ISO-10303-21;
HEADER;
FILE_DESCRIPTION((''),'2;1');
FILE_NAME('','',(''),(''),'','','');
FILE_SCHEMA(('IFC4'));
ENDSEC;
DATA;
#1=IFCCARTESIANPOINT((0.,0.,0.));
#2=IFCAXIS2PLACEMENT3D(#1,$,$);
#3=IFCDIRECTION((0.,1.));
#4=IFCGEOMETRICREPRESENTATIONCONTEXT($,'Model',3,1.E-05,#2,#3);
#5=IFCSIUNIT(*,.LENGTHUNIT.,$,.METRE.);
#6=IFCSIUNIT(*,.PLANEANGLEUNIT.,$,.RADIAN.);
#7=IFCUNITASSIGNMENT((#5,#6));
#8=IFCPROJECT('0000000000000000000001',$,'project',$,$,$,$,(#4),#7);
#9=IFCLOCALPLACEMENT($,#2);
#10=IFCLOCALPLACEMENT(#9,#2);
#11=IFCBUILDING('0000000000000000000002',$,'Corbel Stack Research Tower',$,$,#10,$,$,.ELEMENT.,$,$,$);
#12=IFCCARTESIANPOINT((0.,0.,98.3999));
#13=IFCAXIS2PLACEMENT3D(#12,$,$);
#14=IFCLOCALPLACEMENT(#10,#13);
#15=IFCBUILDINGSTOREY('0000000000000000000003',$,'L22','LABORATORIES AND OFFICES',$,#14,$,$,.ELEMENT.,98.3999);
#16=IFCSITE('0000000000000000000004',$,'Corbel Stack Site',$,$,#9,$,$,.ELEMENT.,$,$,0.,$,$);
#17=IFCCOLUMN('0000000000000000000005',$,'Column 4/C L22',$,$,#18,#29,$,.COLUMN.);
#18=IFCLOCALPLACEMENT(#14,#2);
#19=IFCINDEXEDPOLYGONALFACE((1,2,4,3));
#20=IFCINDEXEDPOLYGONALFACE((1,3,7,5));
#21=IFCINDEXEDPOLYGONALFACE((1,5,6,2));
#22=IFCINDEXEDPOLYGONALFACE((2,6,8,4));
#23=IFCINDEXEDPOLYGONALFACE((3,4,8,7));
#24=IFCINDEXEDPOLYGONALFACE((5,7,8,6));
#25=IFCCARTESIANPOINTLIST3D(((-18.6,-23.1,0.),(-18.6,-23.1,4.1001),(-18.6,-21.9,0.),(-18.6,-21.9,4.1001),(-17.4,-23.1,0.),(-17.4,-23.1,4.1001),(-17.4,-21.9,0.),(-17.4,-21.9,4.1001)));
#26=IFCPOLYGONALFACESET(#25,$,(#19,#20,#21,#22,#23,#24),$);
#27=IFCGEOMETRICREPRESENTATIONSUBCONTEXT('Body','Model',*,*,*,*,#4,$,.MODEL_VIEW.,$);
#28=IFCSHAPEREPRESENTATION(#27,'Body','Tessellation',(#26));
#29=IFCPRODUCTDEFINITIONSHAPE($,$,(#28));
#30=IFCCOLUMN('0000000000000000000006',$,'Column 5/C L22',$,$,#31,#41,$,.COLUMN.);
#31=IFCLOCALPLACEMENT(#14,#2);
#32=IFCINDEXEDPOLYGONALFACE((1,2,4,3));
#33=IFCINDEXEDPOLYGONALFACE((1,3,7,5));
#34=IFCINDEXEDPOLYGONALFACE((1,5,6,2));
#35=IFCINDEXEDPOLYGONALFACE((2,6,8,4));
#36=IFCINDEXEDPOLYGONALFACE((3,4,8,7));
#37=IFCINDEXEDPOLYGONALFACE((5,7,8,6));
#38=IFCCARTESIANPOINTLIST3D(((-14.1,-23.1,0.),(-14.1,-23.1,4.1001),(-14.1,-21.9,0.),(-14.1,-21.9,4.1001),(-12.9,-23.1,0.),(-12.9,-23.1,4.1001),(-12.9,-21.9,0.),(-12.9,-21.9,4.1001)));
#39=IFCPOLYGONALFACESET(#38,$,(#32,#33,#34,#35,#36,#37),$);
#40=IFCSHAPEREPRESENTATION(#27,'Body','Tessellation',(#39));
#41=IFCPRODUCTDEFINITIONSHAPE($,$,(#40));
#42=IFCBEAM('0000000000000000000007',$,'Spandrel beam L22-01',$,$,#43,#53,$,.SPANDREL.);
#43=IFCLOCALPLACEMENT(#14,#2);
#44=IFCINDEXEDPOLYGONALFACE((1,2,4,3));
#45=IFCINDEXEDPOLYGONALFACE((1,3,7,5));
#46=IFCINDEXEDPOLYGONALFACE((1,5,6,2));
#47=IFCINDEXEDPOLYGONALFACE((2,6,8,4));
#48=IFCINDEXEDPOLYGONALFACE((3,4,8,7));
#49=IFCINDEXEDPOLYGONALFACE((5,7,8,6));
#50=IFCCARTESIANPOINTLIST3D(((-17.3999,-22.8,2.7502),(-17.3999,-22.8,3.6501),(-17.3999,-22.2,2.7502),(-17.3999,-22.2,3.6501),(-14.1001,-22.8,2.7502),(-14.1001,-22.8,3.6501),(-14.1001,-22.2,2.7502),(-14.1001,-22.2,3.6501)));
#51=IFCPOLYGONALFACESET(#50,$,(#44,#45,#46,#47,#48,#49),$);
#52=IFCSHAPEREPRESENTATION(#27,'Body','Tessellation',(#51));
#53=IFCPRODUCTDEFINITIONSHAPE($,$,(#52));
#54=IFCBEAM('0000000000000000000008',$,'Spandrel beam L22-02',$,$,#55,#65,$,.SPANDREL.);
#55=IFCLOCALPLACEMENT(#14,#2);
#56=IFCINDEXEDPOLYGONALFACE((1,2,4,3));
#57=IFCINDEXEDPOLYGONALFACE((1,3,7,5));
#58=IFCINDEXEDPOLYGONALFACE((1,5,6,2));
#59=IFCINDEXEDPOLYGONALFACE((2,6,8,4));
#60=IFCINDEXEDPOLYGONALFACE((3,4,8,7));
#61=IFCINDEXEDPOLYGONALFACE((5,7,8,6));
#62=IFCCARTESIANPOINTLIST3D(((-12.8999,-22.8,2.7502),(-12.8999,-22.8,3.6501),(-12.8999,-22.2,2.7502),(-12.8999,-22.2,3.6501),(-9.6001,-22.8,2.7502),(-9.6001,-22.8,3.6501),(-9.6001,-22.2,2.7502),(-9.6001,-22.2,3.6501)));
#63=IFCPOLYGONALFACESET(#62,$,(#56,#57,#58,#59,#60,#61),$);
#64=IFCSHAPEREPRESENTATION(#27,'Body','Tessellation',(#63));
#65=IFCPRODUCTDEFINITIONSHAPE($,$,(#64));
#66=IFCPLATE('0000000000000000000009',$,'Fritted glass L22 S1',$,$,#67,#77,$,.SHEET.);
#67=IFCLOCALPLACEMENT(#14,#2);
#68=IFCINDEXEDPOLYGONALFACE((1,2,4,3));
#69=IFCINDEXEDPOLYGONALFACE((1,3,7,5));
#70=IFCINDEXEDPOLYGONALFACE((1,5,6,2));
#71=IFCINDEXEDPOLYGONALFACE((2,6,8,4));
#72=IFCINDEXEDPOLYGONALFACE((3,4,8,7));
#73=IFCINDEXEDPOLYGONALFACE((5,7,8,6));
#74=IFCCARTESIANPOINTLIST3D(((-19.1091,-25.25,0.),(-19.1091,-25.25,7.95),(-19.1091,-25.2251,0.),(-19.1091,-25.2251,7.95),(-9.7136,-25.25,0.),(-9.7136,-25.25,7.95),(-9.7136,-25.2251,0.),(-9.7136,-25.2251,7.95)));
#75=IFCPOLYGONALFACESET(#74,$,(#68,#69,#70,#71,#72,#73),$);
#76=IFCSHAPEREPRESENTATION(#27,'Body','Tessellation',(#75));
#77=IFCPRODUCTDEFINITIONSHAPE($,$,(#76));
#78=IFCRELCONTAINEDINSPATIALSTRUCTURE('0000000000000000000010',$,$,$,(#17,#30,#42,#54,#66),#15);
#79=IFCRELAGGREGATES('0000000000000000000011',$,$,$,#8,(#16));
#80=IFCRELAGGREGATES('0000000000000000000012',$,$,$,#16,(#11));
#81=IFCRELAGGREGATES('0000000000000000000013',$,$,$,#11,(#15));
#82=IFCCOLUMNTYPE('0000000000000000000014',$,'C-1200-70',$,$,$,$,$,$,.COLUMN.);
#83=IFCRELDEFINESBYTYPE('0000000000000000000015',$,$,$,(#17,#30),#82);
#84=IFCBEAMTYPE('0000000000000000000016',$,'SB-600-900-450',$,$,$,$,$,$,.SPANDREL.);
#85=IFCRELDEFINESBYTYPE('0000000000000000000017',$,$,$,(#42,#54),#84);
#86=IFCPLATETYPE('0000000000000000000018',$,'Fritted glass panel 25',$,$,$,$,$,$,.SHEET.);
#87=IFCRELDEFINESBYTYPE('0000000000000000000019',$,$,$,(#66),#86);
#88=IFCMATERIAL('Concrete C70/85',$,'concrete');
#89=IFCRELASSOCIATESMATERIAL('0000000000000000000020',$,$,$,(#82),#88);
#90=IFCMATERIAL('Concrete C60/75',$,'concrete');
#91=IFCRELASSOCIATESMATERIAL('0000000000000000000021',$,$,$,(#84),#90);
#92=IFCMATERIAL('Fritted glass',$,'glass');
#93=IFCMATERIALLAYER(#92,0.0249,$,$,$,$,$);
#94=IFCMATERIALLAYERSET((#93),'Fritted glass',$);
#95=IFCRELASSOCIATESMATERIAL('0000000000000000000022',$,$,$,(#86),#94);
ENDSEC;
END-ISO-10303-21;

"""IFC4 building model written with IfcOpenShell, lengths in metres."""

from ifc_helpers import new_model, si_unit, direction, frame, origin, origin_2d, place, context, subcontext, project, spatial, rectangle, extrude, material, layer, layer_set, material_profile, profile_set, type_object, element, save


model = new_model("IFC4")

# Units and contexts
model_context = context("Model", 3, precision=1e-05, world=origin(), true_north=direction((0.0, 1.0)))
body_context = subcontext(model_context, "Body", "Model", "MODEL_VIEW")
ifc_project = project(units=[si_unit("LENGTHUNIT", "METRE"), si_unit("PLANEANGLEUNIT", "RADIAN")], contexts=[model_context])

# Site, building, storey
site_placement = place(None, origin())
site = spatial("IfcSite", under=ifc_project, at=site_placement, Name="Corbel Stack Site", CompositionType="ELEMENT", RefElevation=0.0)
building_placement = place(site_placement, origin())
building = spatial("IfcBuilding", under=site, at=building_placement, Name="Corbel Stack Research Tower", CompositionType="ELEMENT")
storey_placement = place(building_placement, frame((0.0, 0.0, 98.3999)))
storey = spatial("IfcBuildingStorey", under=building, at=storey_placement, Name="L22", Description="LABORATORIES AND OFFICES", CompositionType="ELEMENT", Elevation=98.3999)

# Columns
ifc_material_1 = material(Name="Concrete C70/85", Category="concrete")
ifc_material_profile_1 = material_profile(ifc_material_1, rectangle(XDim=1.2, YDim=1.2, at=origin_2d()), Name="RC 1200 x 1200")
ifc_profile_set_1 = profile_set([ifc_material_profile_1], Name="Concrete C70/85")
column_type = type_object("IfcColumnType", Name="C-1200-70", PredefinedType="COLUMN", material=ifc_profile_set_1)
for number, where, z_axis, x_axis, name in (
    (1, (-18.0, -22.5, 0.0), (0.0, 0.0, 1.0), (1.0, 0.0, 0.0), "Column 4/C L22"),
    (2, (-13.5, -22.5, 0.0), (0.0, 0.0, 1.0), (1.0, 0.0, 0.0), "Column 5/C L22"),
):
    element("IfcColumn", number, at=place(storey_placement, frame(where, z_axis=z_axis, x_axis=x_axis)), inside=storey, type_object=column_type, Name=name, PredefinedType="COLUMN", context=body_context, shape_type="SweptSolid", body=[
        extrude(rectangle(XDim=1.2, YDim=1.2, at=origin_2d()), origin(), (0.0, 0.0, 1.0), 4.1001),
    ])

# Beams
ifc_material_2 = material(Name="Concrete C60/75", Category="concrete")
ifc_material_profile_2 = material_profile(ifc_material_2, rectangle(XDim=0.6001, YDim=0.8999, at=origin_2d()), Name="RC 600 x 900")
ifc_profile_set_2 = profile_set([ifc_material_profile_2], Name="Concrete C60/75")
beam_type = type_object("IfcBeamType", Name="SB-600-900-450", PredefinedType="SPANDREL", material=ifc_profile_set_2)
for number, where, z_axis, x_axis, name in (
    (3, (-17.3999, -22.5, 3.2002), (1.0, 0.0, 0.0), (0.0, 1.0, 0.0), "Spandrel beam L22-01"),
    (4, (-12.8999, -22.5, 3.2002), (1.0, 0.0, 0.0), (0.0, 1.0, 0.0), "Spandrel beam L22-02"),
):
    element("IfcBeam", number, at=place(storey_placement, frame(where, z_axis=z_axis, x_axis=x_axis)), inside=storey, type_object=beam_type, Name=name, PredefinedType="SPANDREL", context=body_context, shape_type="SweptSolid", body=[
        extrude(rectangle(XDim=0.6001, YDim=0.8999, at=origin_2d()), origin(), (0.0, 0.0, 1.0), 3.2998),
    ])

# Plate
ifc_material_3 = material(Name="Fritted glass", Category="glass")
ifc_layer_1 = layer(ifc_material_3, 0.0249)
ifc_layer_set_1 = layer_set([ifc_layer_1], Name="Fritted glass")
plate_type = type_object("IfcPlateType", Name="Fritted glass panel 25", PredefinedType="SHEET", material=ifc_layer_set_1)
plate_placement = place(storey_placement, frame((-14.4114, -25.2375, 0.0), z_axis=(0.0, 0.0, 1.0), x_axis=(1.0, 0.0, 0.0)))
element("IfcPlate", 5, at=plate_placement, inside=storey, type_object=plate_type, Name="Fritted glass L22 S1", PredefinedType="SHEET", context=body_context, shape_type="SweptSolid", body=[
    extrude(rectangle(XDim=9.3955, YDim=0.0249, at=origin_2d()), origin(), (0.0, 0.0, 1.0), 7.95),
])

save(model, "model.ifc")
